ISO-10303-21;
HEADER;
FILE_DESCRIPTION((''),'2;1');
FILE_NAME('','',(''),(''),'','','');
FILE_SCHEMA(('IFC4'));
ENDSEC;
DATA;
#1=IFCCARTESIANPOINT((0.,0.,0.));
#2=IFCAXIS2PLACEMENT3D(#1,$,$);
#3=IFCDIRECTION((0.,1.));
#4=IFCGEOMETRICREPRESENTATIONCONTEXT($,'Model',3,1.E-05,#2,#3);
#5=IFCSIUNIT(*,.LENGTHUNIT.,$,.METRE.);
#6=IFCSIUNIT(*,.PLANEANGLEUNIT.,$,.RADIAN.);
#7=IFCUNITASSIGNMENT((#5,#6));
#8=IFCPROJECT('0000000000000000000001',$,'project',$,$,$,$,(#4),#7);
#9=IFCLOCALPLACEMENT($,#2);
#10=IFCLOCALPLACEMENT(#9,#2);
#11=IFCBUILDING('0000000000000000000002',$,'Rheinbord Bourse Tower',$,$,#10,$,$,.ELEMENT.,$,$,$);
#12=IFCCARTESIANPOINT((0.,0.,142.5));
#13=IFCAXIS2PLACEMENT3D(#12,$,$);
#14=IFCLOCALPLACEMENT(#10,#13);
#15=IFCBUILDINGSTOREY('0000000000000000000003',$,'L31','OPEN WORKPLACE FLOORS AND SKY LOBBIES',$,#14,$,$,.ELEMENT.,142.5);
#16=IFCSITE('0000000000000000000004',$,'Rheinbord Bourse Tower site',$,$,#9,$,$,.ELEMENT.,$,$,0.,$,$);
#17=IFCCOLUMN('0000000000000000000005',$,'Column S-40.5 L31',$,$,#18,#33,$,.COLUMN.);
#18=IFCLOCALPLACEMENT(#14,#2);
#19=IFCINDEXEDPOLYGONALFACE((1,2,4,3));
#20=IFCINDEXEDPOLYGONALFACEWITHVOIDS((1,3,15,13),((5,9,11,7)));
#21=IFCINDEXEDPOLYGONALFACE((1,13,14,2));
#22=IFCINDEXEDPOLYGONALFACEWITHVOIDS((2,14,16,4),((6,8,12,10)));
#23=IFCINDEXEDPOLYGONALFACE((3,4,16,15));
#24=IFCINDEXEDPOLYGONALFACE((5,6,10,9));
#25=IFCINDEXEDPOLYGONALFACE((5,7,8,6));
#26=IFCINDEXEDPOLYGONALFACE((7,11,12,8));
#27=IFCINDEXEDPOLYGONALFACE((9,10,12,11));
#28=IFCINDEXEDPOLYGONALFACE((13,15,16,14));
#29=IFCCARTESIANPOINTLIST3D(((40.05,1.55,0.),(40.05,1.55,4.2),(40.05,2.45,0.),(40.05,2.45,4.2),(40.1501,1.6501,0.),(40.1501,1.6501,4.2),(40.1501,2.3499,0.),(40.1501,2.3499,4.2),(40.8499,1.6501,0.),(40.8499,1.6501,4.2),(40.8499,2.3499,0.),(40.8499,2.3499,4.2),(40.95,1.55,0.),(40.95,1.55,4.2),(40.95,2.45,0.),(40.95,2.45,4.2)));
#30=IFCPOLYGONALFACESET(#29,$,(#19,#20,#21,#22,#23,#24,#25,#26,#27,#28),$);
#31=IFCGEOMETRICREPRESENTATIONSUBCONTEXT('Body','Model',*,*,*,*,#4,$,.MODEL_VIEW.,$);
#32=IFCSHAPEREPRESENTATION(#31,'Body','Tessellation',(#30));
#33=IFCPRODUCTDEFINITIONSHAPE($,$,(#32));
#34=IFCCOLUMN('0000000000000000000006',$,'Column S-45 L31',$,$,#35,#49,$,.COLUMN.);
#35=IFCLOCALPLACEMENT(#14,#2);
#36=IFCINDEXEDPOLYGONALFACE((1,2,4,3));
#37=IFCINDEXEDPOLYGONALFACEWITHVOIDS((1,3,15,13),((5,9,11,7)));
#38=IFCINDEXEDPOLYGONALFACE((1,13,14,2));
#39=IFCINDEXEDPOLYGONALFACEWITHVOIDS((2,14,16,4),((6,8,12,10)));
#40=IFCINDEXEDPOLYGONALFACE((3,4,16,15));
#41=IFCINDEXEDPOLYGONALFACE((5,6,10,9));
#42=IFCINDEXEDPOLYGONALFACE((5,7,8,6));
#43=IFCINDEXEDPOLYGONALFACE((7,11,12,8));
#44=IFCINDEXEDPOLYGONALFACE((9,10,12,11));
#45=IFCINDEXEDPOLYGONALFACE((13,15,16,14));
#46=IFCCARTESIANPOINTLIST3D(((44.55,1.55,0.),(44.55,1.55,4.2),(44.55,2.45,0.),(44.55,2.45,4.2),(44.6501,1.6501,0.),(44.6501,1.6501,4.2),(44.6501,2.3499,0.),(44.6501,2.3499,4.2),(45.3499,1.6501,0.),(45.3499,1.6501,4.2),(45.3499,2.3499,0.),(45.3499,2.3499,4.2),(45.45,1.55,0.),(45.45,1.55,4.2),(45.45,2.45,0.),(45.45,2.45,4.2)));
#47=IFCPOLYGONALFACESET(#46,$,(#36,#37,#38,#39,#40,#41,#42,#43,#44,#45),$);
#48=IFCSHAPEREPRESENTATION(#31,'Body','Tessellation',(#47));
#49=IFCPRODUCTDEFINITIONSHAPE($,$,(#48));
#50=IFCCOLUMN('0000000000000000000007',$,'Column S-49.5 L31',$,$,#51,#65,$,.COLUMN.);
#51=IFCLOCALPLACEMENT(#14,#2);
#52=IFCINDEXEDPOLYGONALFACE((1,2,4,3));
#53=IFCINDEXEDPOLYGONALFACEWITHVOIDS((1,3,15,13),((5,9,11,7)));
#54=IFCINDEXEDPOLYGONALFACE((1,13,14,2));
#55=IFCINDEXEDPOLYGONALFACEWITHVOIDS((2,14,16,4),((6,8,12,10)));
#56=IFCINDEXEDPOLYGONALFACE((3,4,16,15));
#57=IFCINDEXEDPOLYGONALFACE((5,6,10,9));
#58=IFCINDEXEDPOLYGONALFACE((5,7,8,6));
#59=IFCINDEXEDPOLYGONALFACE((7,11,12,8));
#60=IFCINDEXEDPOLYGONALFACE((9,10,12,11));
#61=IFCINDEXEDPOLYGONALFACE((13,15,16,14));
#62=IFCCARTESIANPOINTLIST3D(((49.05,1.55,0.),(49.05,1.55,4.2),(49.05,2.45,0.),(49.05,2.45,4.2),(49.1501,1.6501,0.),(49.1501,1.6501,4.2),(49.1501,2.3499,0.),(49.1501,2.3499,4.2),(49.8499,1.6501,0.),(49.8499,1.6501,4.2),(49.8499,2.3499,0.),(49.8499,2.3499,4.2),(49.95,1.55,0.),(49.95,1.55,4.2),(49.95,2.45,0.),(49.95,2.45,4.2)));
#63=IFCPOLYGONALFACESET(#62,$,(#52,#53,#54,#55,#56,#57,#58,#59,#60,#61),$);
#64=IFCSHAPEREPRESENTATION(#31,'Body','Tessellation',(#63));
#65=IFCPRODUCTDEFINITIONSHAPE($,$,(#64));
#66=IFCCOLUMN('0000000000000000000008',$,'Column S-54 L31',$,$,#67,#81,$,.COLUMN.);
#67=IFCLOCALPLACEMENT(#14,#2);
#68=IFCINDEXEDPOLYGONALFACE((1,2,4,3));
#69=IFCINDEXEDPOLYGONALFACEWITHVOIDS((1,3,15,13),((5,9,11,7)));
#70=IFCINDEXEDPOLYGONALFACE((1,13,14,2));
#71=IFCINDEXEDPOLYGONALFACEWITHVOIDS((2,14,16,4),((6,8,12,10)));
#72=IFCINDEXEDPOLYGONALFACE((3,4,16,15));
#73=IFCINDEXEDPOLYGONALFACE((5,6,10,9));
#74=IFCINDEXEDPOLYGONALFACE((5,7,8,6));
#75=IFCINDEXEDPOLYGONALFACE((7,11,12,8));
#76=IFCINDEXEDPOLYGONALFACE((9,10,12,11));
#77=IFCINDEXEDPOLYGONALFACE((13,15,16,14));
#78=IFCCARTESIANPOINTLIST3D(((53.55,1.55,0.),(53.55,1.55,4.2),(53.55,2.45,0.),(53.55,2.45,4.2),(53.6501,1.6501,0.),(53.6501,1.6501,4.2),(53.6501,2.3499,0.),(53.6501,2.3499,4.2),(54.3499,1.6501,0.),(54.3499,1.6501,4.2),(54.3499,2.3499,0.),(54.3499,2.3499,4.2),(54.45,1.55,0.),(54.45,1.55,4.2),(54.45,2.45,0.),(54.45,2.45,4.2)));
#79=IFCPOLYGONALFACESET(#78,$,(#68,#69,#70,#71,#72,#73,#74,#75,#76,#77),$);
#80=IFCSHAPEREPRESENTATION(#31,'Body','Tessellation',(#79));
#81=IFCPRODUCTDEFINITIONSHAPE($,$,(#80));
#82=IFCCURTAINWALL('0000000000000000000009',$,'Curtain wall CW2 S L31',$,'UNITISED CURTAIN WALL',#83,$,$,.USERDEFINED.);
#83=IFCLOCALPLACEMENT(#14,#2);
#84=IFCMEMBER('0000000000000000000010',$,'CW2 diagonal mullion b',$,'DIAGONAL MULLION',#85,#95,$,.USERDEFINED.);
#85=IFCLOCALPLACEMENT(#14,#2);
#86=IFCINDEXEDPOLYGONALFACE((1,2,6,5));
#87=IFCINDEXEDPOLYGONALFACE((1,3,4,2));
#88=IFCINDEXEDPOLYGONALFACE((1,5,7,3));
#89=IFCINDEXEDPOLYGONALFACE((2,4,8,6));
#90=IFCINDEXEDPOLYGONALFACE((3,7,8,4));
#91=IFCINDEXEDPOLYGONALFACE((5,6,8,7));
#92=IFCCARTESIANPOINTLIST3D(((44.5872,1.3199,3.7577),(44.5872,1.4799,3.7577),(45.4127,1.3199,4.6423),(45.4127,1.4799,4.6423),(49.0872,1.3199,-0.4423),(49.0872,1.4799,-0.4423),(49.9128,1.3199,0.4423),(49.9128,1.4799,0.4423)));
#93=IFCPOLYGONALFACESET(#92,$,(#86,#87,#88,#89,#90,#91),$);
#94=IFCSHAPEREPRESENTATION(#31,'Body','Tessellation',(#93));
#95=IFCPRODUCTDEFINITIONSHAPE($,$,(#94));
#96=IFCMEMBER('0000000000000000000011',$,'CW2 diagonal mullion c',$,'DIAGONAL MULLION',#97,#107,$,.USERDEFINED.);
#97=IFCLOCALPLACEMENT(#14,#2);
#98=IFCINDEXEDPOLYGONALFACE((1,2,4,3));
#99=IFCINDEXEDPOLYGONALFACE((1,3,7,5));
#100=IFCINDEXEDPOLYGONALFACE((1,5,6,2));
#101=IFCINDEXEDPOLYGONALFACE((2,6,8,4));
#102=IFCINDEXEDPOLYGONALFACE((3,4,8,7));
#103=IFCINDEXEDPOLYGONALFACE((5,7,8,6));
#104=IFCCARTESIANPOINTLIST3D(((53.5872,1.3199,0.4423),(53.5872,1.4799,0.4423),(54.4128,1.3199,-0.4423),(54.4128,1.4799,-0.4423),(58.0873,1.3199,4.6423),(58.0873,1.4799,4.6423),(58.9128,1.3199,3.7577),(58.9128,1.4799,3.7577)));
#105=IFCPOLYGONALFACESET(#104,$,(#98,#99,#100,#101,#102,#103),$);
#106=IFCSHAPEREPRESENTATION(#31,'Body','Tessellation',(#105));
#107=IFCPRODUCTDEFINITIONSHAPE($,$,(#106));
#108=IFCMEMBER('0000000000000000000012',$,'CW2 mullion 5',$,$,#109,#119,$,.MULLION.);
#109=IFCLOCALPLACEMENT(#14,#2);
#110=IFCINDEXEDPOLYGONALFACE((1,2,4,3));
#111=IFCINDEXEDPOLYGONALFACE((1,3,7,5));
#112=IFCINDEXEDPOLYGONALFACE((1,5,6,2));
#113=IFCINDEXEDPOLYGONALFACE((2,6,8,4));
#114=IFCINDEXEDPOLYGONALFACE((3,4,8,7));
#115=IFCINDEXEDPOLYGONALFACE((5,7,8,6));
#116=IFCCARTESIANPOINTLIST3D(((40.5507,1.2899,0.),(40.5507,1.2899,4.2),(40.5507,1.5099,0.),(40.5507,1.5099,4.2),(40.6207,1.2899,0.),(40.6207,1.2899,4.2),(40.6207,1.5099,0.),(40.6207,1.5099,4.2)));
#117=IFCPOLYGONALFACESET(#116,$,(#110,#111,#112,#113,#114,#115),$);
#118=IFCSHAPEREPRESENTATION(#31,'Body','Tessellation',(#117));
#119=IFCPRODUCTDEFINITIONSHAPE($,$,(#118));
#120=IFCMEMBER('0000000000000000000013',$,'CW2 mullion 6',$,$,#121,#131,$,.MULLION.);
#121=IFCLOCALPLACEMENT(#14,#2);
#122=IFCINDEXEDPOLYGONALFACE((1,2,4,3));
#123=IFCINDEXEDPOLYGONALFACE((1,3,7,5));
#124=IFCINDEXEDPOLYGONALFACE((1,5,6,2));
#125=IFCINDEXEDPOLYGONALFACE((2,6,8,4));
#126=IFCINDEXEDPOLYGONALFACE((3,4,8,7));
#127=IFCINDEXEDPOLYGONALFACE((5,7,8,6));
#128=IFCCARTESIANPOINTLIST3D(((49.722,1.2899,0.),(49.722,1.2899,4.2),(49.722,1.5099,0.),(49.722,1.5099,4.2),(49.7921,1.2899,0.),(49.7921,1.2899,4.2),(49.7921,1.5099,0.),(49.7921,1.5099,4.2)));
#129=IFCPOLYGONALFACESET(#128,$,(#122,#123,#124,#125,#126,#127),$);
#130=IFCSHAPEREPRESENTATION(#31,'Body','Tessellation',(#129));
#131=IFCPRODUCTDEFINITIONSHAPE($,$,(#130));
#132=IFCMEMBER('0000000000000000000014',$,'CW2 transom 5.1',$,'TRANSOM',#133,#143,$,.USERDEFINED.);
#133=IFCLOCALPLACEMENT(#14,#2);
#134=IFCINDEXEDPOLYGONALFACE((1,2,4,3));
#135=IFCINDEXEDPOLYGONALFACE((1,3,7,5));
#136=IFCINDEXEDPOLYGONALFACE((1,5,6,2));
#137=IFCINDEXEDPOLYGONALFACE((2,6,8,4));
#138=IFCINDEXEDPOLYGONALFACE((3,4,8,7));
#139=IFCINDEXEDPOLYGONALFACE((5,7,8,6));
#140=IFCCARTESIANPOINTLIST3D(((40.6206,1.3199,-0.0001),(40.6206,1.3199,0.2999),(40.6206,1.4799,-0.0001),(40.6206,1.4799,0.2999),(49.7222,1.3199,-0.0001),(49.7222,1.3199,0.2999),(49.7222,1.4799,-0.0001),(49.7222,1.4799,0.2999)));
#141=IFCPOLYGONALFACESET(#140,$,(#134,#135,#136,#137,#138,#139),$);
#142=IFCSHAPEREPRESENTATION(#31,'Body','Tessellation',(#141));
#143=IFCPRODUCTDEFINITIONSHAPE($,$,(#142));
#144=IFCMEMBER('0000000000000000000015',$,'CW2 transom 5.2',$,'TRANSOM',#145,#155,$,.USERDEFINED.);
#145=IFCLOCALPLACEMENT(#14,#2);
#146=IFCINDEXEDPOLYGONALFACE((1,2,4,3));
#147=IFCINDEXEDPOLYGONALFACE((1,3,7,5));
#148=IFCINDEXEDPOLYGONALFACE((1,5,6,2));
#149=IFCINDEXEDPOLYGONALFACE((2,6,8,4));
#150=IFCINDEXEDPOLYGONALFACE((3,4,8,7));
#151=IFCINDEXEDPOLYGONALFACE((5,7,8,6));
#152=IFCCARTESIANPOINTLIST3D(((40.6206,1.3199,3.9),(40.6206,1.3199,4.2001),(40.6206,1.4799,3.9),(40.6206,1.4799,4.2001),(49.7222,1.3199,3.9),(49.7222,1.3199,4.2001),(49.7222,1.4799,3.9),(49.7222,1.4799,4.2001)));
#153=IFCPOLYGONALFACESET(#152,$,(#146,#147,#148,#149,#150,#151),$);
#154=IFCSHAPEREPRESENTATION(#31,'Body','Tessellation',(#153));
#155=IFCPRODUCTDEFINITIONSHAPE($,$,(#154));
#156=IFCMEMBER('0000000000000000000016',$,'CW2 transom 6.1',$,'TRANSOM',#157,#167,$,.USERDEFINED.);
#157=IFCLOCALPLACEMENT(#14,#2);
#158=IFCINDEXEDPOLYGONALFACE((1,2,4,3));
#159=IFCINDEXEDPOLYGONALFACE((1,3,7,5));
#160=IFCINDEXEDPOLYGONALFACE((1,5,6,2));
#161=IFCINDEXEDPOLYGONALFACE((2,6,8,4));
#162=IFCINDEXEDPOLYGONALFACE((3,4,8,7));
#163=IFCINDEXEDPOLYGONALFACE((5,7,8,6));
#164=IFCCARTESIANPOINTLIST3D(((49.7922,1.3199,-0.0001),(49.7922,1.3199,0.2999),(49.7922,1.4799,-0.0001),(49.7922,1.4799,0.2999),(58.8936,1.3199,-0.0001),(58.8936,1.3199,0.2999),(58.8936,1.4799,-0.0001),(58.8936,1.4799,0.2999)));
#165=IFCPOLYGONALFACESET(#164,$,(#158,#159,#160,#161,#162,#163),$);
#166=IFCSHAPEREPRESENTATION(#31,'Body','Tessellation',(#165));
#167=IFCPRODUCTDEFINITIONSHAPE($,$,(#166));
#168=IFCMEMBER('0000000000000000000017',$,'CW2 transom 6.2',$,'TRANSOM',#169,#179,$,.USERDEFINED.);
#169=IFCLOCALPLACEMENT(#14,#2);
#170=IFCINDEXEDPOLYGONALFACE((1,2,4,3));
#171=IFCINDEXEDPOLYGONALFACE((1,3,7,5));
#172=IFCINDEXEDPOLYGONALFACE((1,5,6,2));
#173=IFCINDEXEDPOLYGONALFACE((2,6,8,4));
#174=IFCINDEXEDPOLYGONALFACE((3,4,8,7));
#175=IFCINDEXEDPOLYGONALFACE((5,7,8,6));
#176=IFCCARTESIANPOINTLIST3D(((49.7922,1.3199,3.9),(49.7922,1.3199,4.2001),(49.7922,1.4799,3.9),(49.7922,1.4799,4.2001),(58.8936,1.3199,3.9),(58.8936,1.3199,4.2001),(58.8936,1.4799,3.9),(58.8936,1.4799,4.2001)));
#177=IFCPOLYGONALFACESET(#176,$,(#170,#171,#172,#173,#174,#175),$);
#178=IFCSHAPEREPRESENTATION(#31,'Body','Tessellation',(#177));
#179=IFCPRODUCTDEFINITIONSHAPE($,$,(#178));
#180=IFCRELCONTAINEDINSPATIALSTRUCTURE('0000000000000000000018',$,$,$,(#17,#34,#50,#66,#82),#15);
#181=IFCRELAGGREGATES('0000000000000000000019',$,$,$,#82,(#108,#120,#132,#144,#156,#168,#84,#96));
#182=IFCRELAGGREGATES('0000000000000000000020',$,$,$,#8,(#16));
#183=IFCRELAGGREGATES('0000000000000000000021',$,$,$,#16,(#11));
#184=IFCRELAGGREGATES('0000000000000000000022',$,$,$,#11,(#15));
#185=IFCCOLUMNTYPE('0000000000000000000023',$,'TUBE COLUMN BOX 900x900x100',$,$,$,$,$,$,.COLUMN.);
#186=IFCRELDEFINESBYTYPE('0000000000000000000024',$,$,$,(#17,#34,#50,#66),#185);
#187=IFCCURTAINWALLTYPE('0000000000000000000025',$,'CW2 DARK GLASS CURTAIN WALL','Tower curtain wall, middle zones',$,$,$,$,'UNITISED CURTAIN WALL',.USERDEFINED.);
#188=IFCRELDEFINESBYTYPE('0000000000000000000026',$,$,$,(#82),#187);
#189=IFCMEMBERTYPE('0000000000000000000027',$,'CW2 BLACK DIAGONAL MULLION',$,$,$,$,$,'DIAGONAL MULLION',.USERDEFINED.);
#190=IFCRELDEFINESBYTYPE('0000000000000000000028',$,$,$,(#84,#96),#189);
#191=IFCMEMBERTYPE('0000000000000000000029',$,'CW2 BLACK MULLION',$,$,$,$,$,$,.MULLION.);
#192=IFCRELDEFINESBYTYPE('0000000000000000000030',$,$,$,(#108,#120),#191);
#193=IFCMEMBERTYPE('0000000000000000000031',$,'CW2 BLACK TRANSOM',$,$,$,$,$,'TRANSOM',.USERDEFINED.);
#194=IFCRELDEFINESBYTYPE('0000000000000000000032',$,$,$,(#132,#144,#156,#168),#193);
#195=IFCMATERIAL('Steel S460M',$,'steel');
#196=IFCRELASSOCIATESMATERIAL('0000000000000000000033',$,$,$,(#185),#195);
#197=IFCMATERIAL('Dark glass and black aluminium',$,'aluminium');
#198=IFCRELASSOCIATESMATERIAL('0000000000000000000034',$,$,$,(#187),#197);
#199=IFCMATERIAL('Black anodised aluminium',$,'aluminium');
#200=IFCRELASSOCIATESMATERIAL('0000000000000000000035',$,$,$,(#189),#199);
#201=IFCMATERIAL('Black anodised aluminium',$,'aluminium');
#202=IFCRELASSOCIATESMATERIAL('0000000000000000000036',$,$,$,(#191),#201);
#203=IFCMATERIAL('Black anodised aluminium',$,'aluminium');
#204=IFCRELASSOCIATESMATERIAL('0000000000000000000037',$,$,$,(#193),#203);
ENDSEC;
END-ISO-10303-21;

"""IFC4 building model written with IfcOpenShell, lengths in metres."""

from ifc_helpers import new_model, si_unit, direction, frame, origin, origin_2d, place, context, subcontext, project, spatial, rectangle, hollow_rectangle, extrude, material, material_profile, profile_set, type_object, element, aggregate, save


model = new_model("IFC4")

# Units and contexts
model_context = context("Model", 3, precision=1e-05, world=origin(), true_north=direction((0.0, 1.0)))
body_context = subcontext(model_context, "Body", "Model", "MODEL_VIEW")
ifc_project = project(units=[si_unit("LENGTHUNIT", "METRE"), si_unit("PLANEANGLEUNIT", "RADIAN")], contexts=[model_context])

# Site, building, storey
site_placement = place(None, origin())
site = spatial("IfcSite", under=ifc_project, at=site_placement, Name="Rheinbord Bourse Tower site", CompositionType="ELEMENT", RefElevation=0.0)
building_placement = place(site_placement, origin())
building = spatial("IfcBuilding", under=site, at=building_placement, Name="Rheinbord Bourse Tower", CompositionType="ELEMENT")
storey_placement = place(building_placement, frame((0.0, 0.0, 142.5)))
storey = spatial("IfcBuildingStorey", under=building, at=storey_placement, Name="L31", Description="OPEN WORKPLACE FLOORS AND SKY LOBBIES", CompositionType="ELEMENT", Elevation=142.5)

# Columns
ifc_material_1 = material(Name="Steel S460M", Category="steel")
ifc_material_profile_1 = material_profile(ifc_material_1, hollow_rectangle(XDim=0.8999, YDim=0.8999, WallThickness=0.1001, at=origin_2d()), Name="BOX 900x900x100")
ifc_profile_set_1 = profile_set([ifc_material_profile_1], Name="Steel S460M")
column_type = type_object("IfcColumnType", Name="TUBE COLUMN BOX 900x900x100", PredefinedType="COLUMN", material=ifc_profile_set_1)
for number, where, z_axis, x_axis, name in (
    (1, (40.5, 2.0, 0.0), (0.0, 0.0, 1.0), (0.0, 1.0, 0.0), "Column S-40.5 L31"),
    (2, (45.0, 2.0, 0.0), (0.0, 0.0, 1.0), (0.0, 1.0, 0.0), "Column S-45 L31"),
    (3, (49.5, 2.0, 0.0), (0.0, 0.0, 1.0), (0.0, 1.0, 0.0), "Column S-49.5 L31"),
    (4, (54.0, 2.0, 0.0), (0.0, 0.0, 1.0), (0.0, 1.0, 0.0), "Column S-54 L31"),
):
    element("IfcColumn", number, at=place(storey_placement, frame(where, z_axis=z_axis, x_axis=x_axis)), inside=storey, type_object=column_type, Name=name, PredefinedType="COLUMN", context=body_context, shape_type="SweptSolid", body=[
        extrude(hollow_rectangle(XDim=0.8999, YDim=0.8999, WallThickness=0.1001, at=origin_2d()), origin(), (0.0, 0.0, 1.0), 4.2),
    ])

# Curtain wall, members
ifc_material_2 = material(Name="Dark glass and black aluminium", Category="aluminium")
curtain_wall_type = type_object("IfcCurtainWallType", Name="CW2 DARK GLASS CURTAIN WALL", Description="Tower curtain wall, middle zones", ElementType="UNITISED CURTAIN WALL", PredefinedType="USERDEFINED", material=ifc_material_2)
curtain_wall_placement = place(storey_placement, origin())
curtain_wall = element("IfcCurtainWall", 5, at=curtain_wall_placement, inside=storey, type_object=curtain_wall_type, Name="Curtain wall CW2 S L31", ObjectType="UNITISED CURTAIN WALL", PredefinedType="USERDEFINED")
ifc_material_3 = material(Name="Black anodised aluminium", Category="aluminium")
ifc_material_profile_2 = material_profile(ifc_material_3, rectangle(XDim=0.1599, YDim=1.21, at=origin_2d()), Name="CW2 DIAGONAL MULLION 1210x160")
ifc_profile_set_2 = profile_set([ifc_material_profile_2], Name="Black anodised aluminium")
member_type_1 = type_object("IfcMemberType", Name="CW2 BLACK DIAGONAL MULLION", ElementType="DIAGONAL MULLION", PredefinedType="USERDEFINED", material=ifc_profile_set_2)
member_1_placement = place(storey_placement, frame((49.5, 1.3999, 0.0), z_axis=(-0.731059, 0.0, 0.682314), x_axis=(0.0, -1.0, 0.0)))
member_1 = element("IfcMember", 6, at=member_1_placement, type_object=member_type_1, Name="CW2 diagonal mullion b", ObjectType="DIAGONAL MULLION", PredefinedType="USERDEFINED", context=body_context, shape_type="SweptSolid", body=[
    extrude(rectangle(XDim=0.1599, YDim=1.21, at=origin_2d()), origin(), (0.0, 0.0, 1.0), 6.1555),
])
member_2_placement = place(storey_placement, frame((54.0, 1.3999, 0.0), z_axis=(0.731059, 0.0, 0.682314), x_axis=(0.0, 1.0, 0.0)))
member_2 = element("IfcMember", 7, at=member_2_placement, type_object=member_type_1, Name="CW2 diagonal mullion c", ObjectType="DIAGONAL MULLION", PredefinedType="USERDEFINED", context=body_context, shape_type="SweptSolid", body=[
    extrude(rectangle(XDim=0.1599, YDim=1.21, at=origin_2d()), origin(), (0.0, 0.0, 1.0), 6.1555),
])
ifc_material_4 = material(Name="Black anodised aluminium", Category="aluminium")
ifc_material_profile_3 = material_profile(ifc_material_4, rectangle(XDim=0.22, YDim=0.0701, at=origin_2d()), Name="CW2 MULLION 70x220")
ifc_profile_set_3 = profile_set([ifc_material_profile_3], Name="Black anodised aluminium")
member_type_2 = type_object("IfcMemberType", Name="CW2 BLACK MULLION", PredefinedType="MULLION", material=ifc_profile_set_3)
member_3_placement = place(storey_placement, frame((40.5857, 1.3999, 0.0), z_axis=(0.0, 0.0, 1.0), x_axis=(0.0, 1.0, 0.0)))
member_3 = element("IfcMember", 8, at=member_3_placement, type_object=member_type_2, Name="CW2 mullion 5", PredefinedType="MULLION", context=body_context, shape_type="SweptSolid", body=[
    extrude(rectangle(XDim=0.22, YDim=0.0701, at=origin_2d()), origin(), (0.0, 0.0, 1.0), 4.2),
])
member_4_placement = place(storey_placement, frame((49.7571, 1.3999, 0.0), z_axis=(0.0, 0.0, 1.0), x_axis=(0.0, 1.0, 0.0)))
member_4 = element("IfcMember", 9, at=member_4_placement, type_object=member_type_2, Name="CW2 mullion 6", PredefinedType="MULLION", context=body_context, shape_type="SweptSolid", body=[
    extrude(rectangle(XDim=0.22, YDim=0.0701, at=origin_2d()), origin(), (0.0, 0.0, 1.0), 4.2),
])
ifc_material_5 = material(Name="Black anodised aluminium", Category="aluminium")
ifc_material_profile_4 = material_profile(ifc_material_5, rectangle(XDim=0.1599, YDim=0.3, at=origin_2d()), Name="CW2 TRANSOM 300x160")
ifc_profile_set_4 = profile_set([ifc_material_profile_4], Name="Black anodised aluminium")
member_type_3 = type_object("IfcMemberType", Name="CW2 BLACK TRANSOM", ElementType="TRANSOM", PredefinedType="USERDEFINED", material=ifc_profile_set_4)
member_5_placement = place(storey_placement, frame((40.6206, 1.3999, 0.1499), z_axis=(1.0, 0.0, 0.0), x_axis=(0.0, 1.0, 0.0)))
member_5 = element("IfcMember", 10, at=member_5_placement, type_object=member_type_3, Name="CW2 transom 5.1", ObjectType="TRANSOM", PredefinedType="USERDEFINED", context=body_context, shape_type="SweptSolid", body=[
    extrude(rectangle(XDim=0.1599, YDim=0.3, at=origin_2d()), origin(), (0.0, 0.0, 1.0), 9.1016),
])
member_6_placement = place(storey_placement, frame((40.6206, 1.3999, 4.05), z_axis=(1.0, 0.0, 0.0), x_axis=(0.0, 1.0, 0.0)))
member_6 = element("IfcMember", 11, at=member_6_placement, type_object=member_type_3, Name="CW2 transom 5.2", ObjectType="TRANSOM", PredefinedType="USERDEFINED", context=body_context, shape_type="SweptSolid", body=[
    extrude(rectangle(XDim=0.1599, YDim=0.3, at=origin_2d()), origin(), (0.0, 0.0, 1.0), 9.1016),
])
member_7_placement = place(storey_placement, frame((49.7922, 1.3999, 0.1499), z_axis=(1.0, 0.0, 0.0), x_axis=(0.0, 1.0, 0.0)))
member_7 = element("IfcMember", 12, at=member_7_placement, type_object=member_type_3, Name="CW2 transom 6.1", ObjectType="TRANSOM", PredefinedType="USERDEFINED", context=body_context, shape_type="SweptSolid", body=[
    extrude(rectangle(XDim=0.1599, YDim=0.3, at=origin_2d()), origin(), (0.0, 0.0, 1.0), 9.1013),
])
member_8_placement = place(storey_placement, frame((49.7922, 1.3999, 4.05), z_axis=(1.0, 0.0, 0.0), x_axis=(0.0, 1.0, 0.0)))
member_8 = element("IfcMember", 13, at=member_8_placement, type_object=member_type_3, Name="CW2 transom 6.2", ObjectType="TRANSOM", PredefinedType="USERDEFINED", context=body_context, shape_type="SweptSolid", body=[
    extrude(rectangle(XDim=0.1599, YDim=0.3, at=origin_2d()), origin(), (0.0, 0.0, 1.0), 9.1013),
])

aggregate(curtain_wall, [member_3, member_4, member_5, member_6, member_7, member_8, member_1, member_2])

save(model, "model.ifc")
